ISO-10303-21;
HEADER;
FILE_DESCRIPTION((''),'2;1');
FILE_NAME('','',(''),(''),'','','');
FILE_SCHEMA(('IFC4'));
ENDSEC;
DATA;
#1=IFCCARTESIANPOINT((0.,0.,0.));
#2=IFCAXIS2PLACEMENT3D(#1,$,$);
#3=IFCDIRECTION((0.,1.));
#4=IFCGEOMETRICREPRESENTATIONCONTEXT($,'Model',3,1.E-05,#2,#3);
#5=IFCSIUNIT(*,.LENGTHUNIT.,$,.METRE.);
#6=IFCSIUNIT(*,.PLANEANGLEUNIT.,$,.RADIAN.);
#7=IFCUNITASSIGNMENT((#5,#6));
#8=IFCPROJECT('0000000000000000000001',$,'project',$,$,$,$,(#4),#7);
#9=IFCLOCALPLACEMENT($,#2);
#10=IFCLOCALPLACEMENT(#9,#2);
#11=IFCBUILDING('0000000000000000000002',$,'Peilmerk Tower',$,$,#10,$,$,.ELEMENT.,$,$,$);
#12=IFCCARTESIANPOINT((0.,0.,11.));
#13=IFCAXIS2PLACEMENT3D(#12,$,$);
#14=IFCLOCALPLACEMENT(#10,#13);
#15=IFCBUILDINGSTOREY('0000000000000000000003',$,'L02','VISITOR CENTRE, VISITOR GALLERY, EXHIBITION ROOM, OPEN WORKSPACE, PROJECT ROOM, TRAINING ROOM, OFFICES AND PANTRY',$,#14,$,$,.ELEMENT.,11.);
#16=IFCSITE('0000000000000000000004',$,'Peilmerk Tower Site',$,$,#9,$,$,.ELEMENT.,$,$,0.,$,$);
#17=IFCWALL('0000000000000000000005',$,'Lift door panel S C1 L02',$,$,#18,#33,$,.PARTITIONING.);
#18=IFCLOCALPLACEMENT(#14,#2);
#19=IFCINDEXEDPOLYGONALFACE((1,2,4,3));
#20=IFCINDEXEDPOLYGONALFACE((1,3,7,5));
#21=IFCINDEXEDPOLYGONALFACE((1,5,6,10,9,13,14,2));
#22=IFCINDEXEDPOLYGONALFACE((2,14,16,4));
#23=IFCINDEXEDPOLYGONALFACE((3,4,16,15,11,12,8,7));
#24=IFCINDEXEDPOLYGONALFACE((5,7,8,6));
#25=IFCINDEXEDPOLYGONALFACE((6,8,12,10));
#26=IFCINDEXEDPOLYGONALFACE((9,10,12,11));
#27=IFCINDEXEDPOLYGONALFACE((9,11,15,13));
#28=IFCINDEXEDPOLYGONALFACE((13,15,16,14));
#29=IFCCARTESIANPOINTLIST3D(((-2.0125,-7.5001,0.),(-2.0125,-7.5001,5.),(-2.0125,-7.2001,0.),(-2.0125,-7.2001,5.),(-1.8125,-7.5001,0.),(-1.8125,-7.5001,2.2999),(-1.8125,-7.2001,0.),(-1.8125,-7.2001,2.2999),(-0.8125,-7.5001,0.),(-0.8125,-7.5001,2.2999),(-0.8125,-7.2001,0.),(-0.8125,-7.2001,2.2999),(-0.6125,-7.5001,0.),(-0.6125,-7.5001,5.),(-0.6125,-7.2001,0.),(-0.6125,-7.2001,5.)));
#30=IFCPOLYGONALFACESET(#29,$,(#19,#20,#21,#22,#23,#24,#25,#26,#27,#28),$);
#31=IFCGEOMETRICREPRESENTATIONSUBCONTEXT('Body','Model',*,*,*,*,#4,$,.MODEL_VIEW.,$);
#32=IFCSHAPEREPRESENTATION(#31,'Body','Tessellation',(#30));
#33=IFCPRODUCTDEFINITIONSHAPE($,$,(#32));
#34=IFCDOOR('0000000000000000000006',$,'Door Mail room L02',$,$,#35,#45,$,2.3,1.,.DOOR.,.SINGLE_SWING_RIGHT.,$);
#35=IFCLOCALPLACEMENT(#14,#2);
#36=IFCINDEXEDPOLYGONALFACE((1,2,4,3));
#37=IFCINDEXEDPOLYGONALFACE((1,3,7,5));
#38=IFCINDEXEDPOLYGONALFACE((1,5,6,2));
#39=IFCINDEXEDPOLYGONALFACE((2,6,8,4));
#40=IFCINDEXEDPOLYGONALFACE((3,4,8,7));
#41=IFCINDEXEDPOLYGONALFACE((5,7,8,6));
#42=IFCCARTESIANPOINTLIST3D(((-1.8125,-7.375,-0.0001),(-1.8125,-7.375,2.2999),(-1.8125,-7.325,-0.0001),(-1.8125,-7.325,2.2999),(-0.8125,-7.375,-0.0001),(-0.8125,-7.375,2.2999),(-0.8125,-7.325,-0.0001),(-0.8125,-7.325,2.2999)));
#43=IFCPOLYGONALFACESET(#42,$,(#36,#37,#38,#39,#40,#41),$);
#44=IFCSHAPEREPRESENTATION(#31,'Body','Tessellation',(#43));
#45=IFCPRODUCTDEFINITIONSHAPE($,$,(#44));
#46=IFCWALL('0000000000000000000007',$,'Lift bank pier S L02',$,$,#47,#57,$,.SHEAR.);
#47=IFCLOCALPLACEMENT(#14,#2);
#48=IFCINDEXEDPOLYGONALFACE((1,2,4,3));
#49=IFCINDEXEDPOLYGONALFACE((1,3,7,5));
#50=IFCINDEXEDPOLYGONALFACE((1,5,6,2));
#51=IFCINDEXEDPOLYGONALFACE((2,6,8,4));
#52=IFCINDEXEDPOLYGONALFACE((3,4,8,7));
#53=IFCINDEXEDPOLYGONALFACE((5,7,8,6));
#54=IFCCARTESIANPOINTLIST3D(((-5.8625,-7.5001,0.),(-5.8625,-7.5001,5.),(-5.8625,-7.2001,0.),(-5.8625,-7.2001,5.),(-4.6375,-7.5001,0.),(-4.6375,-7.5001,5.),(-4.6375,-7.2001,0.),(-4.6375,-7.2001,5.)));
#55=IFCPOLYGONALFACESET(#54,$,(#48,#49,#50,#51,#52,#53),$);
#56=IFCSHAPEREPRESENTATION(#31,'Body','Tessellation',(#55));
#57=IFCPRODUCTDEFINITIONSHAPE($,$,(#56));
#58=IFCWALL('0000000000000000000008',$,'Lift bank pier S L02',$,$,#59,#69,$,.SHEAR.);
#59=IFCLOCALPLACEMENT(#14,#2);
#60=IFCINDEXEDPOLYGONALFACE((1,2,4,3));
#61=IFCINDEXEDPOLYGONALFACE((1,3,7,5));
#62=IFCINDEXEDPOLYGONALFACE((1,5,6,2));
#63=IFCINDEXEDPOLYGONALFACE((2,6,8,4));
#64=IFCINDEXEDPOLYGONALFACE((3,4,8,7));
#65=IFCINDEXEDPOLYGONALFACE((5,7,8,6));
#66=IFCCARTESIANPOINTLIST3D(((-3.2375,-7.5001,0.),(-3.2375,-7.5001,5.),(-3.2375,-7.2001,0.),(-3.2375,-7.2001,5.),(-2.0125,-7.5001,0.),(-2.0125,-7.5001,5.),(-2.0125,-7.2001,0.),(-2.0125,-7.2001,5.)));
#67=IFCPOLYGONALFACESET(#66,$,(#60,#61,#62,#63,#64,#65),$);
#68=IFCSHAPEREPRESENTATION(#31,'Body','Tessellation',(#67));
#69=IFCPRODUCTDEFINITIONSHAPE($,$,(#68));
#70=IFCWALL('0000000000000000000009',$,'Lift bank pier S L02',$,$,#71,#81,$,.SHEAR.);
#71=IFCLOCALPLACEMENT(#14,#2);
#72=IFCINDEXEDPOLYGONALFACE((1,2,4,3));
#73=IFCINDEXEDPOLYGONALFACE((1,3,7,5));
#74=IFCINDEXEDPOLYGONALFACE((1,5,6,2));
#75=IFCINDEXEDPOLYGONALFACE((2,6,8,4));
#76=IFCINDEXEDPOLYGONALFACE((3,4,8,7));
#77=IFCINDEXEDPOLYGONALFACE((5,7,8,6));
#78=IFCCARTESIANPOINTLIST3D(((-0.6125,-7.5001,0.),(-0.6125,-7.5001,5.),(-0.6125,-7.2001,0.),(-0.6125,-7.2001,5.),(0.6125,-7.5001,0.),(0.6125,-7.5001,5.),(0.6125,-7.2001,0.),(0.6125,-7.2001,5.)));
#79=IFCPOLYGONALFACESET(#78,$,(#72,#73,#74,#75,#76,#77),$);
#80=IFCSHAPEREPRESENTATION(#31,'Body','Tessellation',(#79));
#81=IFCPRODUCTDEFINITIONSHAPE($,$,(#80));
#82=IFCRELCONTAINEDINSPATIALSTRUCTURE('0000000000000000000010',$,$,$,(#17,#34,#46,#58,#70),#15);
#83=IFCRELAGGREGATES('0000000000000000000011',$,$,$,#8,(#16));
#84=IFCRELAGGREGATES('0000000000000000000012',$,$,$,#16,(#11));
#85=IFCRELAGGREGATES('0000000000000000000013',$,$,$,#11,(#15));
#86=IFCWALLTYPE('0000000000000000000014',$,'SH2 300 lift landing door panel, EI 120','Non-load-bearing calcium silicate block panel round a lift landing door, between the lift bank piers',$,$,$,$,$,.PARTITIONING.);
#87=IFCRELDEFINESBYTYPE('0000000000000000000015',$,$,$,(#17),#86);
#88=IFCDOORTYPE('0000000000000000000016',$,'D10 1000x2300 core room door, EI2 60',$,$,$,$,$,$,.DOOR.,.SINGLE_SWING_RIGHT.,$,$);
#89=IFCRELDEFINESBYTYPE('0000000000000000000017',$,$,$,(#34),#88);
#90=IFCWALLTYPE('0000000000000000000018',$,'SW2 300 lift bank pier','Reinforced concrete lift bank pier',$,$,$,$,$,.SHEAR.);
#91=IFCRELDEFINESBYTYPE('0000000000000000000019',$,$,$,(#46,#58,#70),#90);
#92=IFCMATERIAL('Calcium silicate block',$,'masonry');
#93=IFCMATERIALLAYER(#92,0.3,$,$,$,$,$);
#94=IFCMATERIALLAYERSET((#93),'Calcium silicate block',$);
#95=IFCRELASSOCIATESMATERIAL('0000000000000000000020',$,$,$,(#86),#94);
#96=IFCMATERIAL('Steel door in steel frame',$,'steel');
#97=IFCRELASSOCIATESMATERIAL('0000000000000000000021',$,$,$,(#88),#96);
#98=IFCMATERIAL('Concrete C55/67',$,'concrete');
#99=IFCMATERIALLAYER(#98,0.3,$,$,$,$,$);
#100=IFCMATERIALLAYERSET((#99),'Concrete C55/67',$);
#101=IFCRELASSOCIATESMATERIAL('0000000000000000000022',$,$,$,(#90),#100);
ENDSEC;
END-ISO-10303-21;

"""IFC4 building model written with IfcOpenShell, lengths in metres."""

from ifc_helpers import new_model, si_unit, direction, frame, frame_2d, origin, place, context, subcontext, project, spatial, rectangle, extrude, material, layer, layer_set, type_object, element, fill, save


model = new_model("IFC4")

# Units and contexts
model_context = context("Model", 3, precision=1e-05, world=origin(), true_north=direction((0.0, 1.0)))
body_context = subcontext(model_context, "Body", "Model", "MODEL_VIEW")
ifc_project = project(units=[si_unit("LENGTHUNIT", "METRE"), si_unit("PLANEANGLEUNIT", "RADIAN")], contexts=[model_context])

# Site, building, storey
site_placement = place(None, origin())
site = spatial("IfcSite", under=ifc_project, at=site_placement, Name="Peilmerk Tower Site", CompositionType="ELEMENT", RefElevation=0.0)
building_placement = place(site_placement, origin())
building = spatial("IfcBuilding", under=site, at=building_placement, Name="Peilmerk Tower", CompositionType="ELEMENT")
storey_placement = place(building_placement, frame((0.0, 0.0, 11.0)))
storey = spatial("IfcBuildingStorey", under=building, at=storey_placement, Name="L02", Description="VISITOR CENTRE, VISITOR GALLERY, EXHIBITION ROOM, OPEN WORKSPACE, PROJECT ROOM, TRAINING ROOM, OFFICES AND PANTRY", CompositionType="ELEMENT", Elevation=11.0)

# Shared definitions
ifc_material_1 = material(Name="Calcium silicate block", Category="masonry")
ifc_layer_1 = layer(ifc_material_1, 0.3)
ifc_layer_set_1 = layer_set([ifc_layer_1], Name="Calcium silicate block")
wall_type_1 = type_object("IfcWallType", Name="SH2 300 lift landing door panel, EI 120", Description="Non-load-bearing calcium silicate block panel round a lift landing door, between the lift bank piers", PredefinedType="PARTITIONING", material=ifc_layer_set_1)

# Wall, opening, door
wall_1_placement = place(storey_placement, frame((-2.0125, -7.3501, 0.0), z_axis=(0.0, 0.0, 1.0), x_axis=(1.0, 0.0, 0.0)))
wall_1 = element("IfcWall", 1, at=wall_1_placement, inside=storey, type_object=wall_type_1, Name="Lift door panel S C1 L02", PredefinedType="PARTITIONING", context=body_context, shape_type="SweptSolid", body=[
    extrude(rectangle(XDim=1.3999, YDim=0.3, at=frame_2d((0.7, 0.0))), origin(), (0.0, 0.0, 1.0), 5.0),
])
opening_placement = place(wall_1_placement, frame((0.2, 0.0, 0.0)))
opening = element("IfcOpeningElement", 2, at=opening_placement, cuts=wall_1, PredefinedType="OPENING", context=body_context, shape_type="SweptSolid", body=[
    extrude(rectangle(XDim=1.0, YDim=2.3, at=frame_2d((0.5, 1.1499))), frame((0.0, 0.1599, 0.0), z_axis=(0.0, -1.0, 0.0), x_axis=(1.0, 0.0, 0.0)), (0.0, 0.0, 1.0), 0.3201),
])
ifc_material_2 = material(Name="Steel door in steel frame", Category="steel")
door_type = type_object("IfcDoorType", Name="D10 1000x2300 core room door, EI2 60", OperationType="SINGLE_SWING_RIGHT", PredefinedType="DOOR", material=ifc_material_2)
door_placement = place(opening_placement, frame((1.0, 0.0, 0.0), z_axis=(0.0, 0.0, 1.0), x_axis=(-1.0, 0.0, 0.0)))
door = element("IfcDoor", 3, at=door_placement, inside=storey, type_object=door_type, Name="Door Mail room L02", OperationType="SINGLE_SWING_RIGHT", OverallHeight=2.3, OverallWidth=1.0, PredefinedType="DOOR", context=body_context, shape_type="SweptSolid", body=[
    extrude(rectangle(XDim=1.0, YDim=2.3, at=frame_2d((0.5, 1.1499))), frame((0.0, 0.0249, 0.0), z_axis=(0.0, -1.0, 0.0), x_axis=(1.0, 0.0, 0.0)), (0.0, 0.0, 1.0), 0.05),
])
fill(opening, door)

# Walls
ifc_material_3 = material(Name="Concrete C55/67", Category="concrete")
ifc_layer_2 = layer(ifc_material_3, 0.3)
ifc_layer_set_2 = layer_set([ifc_layer_2], Name="Concrete C55/67")
wall_type_2 = type_object("IfcWallType", Name="SW2 300 lift bank pier", Description="Reinforced concrete lift bank pier", PredefinedType="SHEAR", material=ifc_layer_set_2)
for number, where, z_axis, x_axis, name in (
    (4, (-5.8625, -7.3501, 0.0), (0.0, 0.0, 1.0), (1.0, 0.0, 0.0), "Lift bank pier S L02"),
    (5, (-3.2375, -7.3501, 0.0), (0.0, 0.0, 1.0), (1.0, 0.0, 0.0), "Lift bank pier S L02"),
    (6, (-0.6125, -7.3501, 0.0), (0.0, 0.0, 1.0), (1.0, 0.0, 0.0), "Lift bank pier S L02"),
):
    element("IfcWall", number, at=place(storey_placement, frame(where, z_axis=z_axis, x_axis=x_axis)), inside=storey, type_object=wall_type_2, Name=name, PredefinedType="SHEAR", context=body_context, shape_type="SweptSolid", body=[
        extrude(rectangle(XDim=1.2251, YDim=0.3, at=frame_2d((0.6125, 0.0))), origin(), (0.0, 0.0, 1.0), 5.0),
    ])

save(model, "model.ifc")
